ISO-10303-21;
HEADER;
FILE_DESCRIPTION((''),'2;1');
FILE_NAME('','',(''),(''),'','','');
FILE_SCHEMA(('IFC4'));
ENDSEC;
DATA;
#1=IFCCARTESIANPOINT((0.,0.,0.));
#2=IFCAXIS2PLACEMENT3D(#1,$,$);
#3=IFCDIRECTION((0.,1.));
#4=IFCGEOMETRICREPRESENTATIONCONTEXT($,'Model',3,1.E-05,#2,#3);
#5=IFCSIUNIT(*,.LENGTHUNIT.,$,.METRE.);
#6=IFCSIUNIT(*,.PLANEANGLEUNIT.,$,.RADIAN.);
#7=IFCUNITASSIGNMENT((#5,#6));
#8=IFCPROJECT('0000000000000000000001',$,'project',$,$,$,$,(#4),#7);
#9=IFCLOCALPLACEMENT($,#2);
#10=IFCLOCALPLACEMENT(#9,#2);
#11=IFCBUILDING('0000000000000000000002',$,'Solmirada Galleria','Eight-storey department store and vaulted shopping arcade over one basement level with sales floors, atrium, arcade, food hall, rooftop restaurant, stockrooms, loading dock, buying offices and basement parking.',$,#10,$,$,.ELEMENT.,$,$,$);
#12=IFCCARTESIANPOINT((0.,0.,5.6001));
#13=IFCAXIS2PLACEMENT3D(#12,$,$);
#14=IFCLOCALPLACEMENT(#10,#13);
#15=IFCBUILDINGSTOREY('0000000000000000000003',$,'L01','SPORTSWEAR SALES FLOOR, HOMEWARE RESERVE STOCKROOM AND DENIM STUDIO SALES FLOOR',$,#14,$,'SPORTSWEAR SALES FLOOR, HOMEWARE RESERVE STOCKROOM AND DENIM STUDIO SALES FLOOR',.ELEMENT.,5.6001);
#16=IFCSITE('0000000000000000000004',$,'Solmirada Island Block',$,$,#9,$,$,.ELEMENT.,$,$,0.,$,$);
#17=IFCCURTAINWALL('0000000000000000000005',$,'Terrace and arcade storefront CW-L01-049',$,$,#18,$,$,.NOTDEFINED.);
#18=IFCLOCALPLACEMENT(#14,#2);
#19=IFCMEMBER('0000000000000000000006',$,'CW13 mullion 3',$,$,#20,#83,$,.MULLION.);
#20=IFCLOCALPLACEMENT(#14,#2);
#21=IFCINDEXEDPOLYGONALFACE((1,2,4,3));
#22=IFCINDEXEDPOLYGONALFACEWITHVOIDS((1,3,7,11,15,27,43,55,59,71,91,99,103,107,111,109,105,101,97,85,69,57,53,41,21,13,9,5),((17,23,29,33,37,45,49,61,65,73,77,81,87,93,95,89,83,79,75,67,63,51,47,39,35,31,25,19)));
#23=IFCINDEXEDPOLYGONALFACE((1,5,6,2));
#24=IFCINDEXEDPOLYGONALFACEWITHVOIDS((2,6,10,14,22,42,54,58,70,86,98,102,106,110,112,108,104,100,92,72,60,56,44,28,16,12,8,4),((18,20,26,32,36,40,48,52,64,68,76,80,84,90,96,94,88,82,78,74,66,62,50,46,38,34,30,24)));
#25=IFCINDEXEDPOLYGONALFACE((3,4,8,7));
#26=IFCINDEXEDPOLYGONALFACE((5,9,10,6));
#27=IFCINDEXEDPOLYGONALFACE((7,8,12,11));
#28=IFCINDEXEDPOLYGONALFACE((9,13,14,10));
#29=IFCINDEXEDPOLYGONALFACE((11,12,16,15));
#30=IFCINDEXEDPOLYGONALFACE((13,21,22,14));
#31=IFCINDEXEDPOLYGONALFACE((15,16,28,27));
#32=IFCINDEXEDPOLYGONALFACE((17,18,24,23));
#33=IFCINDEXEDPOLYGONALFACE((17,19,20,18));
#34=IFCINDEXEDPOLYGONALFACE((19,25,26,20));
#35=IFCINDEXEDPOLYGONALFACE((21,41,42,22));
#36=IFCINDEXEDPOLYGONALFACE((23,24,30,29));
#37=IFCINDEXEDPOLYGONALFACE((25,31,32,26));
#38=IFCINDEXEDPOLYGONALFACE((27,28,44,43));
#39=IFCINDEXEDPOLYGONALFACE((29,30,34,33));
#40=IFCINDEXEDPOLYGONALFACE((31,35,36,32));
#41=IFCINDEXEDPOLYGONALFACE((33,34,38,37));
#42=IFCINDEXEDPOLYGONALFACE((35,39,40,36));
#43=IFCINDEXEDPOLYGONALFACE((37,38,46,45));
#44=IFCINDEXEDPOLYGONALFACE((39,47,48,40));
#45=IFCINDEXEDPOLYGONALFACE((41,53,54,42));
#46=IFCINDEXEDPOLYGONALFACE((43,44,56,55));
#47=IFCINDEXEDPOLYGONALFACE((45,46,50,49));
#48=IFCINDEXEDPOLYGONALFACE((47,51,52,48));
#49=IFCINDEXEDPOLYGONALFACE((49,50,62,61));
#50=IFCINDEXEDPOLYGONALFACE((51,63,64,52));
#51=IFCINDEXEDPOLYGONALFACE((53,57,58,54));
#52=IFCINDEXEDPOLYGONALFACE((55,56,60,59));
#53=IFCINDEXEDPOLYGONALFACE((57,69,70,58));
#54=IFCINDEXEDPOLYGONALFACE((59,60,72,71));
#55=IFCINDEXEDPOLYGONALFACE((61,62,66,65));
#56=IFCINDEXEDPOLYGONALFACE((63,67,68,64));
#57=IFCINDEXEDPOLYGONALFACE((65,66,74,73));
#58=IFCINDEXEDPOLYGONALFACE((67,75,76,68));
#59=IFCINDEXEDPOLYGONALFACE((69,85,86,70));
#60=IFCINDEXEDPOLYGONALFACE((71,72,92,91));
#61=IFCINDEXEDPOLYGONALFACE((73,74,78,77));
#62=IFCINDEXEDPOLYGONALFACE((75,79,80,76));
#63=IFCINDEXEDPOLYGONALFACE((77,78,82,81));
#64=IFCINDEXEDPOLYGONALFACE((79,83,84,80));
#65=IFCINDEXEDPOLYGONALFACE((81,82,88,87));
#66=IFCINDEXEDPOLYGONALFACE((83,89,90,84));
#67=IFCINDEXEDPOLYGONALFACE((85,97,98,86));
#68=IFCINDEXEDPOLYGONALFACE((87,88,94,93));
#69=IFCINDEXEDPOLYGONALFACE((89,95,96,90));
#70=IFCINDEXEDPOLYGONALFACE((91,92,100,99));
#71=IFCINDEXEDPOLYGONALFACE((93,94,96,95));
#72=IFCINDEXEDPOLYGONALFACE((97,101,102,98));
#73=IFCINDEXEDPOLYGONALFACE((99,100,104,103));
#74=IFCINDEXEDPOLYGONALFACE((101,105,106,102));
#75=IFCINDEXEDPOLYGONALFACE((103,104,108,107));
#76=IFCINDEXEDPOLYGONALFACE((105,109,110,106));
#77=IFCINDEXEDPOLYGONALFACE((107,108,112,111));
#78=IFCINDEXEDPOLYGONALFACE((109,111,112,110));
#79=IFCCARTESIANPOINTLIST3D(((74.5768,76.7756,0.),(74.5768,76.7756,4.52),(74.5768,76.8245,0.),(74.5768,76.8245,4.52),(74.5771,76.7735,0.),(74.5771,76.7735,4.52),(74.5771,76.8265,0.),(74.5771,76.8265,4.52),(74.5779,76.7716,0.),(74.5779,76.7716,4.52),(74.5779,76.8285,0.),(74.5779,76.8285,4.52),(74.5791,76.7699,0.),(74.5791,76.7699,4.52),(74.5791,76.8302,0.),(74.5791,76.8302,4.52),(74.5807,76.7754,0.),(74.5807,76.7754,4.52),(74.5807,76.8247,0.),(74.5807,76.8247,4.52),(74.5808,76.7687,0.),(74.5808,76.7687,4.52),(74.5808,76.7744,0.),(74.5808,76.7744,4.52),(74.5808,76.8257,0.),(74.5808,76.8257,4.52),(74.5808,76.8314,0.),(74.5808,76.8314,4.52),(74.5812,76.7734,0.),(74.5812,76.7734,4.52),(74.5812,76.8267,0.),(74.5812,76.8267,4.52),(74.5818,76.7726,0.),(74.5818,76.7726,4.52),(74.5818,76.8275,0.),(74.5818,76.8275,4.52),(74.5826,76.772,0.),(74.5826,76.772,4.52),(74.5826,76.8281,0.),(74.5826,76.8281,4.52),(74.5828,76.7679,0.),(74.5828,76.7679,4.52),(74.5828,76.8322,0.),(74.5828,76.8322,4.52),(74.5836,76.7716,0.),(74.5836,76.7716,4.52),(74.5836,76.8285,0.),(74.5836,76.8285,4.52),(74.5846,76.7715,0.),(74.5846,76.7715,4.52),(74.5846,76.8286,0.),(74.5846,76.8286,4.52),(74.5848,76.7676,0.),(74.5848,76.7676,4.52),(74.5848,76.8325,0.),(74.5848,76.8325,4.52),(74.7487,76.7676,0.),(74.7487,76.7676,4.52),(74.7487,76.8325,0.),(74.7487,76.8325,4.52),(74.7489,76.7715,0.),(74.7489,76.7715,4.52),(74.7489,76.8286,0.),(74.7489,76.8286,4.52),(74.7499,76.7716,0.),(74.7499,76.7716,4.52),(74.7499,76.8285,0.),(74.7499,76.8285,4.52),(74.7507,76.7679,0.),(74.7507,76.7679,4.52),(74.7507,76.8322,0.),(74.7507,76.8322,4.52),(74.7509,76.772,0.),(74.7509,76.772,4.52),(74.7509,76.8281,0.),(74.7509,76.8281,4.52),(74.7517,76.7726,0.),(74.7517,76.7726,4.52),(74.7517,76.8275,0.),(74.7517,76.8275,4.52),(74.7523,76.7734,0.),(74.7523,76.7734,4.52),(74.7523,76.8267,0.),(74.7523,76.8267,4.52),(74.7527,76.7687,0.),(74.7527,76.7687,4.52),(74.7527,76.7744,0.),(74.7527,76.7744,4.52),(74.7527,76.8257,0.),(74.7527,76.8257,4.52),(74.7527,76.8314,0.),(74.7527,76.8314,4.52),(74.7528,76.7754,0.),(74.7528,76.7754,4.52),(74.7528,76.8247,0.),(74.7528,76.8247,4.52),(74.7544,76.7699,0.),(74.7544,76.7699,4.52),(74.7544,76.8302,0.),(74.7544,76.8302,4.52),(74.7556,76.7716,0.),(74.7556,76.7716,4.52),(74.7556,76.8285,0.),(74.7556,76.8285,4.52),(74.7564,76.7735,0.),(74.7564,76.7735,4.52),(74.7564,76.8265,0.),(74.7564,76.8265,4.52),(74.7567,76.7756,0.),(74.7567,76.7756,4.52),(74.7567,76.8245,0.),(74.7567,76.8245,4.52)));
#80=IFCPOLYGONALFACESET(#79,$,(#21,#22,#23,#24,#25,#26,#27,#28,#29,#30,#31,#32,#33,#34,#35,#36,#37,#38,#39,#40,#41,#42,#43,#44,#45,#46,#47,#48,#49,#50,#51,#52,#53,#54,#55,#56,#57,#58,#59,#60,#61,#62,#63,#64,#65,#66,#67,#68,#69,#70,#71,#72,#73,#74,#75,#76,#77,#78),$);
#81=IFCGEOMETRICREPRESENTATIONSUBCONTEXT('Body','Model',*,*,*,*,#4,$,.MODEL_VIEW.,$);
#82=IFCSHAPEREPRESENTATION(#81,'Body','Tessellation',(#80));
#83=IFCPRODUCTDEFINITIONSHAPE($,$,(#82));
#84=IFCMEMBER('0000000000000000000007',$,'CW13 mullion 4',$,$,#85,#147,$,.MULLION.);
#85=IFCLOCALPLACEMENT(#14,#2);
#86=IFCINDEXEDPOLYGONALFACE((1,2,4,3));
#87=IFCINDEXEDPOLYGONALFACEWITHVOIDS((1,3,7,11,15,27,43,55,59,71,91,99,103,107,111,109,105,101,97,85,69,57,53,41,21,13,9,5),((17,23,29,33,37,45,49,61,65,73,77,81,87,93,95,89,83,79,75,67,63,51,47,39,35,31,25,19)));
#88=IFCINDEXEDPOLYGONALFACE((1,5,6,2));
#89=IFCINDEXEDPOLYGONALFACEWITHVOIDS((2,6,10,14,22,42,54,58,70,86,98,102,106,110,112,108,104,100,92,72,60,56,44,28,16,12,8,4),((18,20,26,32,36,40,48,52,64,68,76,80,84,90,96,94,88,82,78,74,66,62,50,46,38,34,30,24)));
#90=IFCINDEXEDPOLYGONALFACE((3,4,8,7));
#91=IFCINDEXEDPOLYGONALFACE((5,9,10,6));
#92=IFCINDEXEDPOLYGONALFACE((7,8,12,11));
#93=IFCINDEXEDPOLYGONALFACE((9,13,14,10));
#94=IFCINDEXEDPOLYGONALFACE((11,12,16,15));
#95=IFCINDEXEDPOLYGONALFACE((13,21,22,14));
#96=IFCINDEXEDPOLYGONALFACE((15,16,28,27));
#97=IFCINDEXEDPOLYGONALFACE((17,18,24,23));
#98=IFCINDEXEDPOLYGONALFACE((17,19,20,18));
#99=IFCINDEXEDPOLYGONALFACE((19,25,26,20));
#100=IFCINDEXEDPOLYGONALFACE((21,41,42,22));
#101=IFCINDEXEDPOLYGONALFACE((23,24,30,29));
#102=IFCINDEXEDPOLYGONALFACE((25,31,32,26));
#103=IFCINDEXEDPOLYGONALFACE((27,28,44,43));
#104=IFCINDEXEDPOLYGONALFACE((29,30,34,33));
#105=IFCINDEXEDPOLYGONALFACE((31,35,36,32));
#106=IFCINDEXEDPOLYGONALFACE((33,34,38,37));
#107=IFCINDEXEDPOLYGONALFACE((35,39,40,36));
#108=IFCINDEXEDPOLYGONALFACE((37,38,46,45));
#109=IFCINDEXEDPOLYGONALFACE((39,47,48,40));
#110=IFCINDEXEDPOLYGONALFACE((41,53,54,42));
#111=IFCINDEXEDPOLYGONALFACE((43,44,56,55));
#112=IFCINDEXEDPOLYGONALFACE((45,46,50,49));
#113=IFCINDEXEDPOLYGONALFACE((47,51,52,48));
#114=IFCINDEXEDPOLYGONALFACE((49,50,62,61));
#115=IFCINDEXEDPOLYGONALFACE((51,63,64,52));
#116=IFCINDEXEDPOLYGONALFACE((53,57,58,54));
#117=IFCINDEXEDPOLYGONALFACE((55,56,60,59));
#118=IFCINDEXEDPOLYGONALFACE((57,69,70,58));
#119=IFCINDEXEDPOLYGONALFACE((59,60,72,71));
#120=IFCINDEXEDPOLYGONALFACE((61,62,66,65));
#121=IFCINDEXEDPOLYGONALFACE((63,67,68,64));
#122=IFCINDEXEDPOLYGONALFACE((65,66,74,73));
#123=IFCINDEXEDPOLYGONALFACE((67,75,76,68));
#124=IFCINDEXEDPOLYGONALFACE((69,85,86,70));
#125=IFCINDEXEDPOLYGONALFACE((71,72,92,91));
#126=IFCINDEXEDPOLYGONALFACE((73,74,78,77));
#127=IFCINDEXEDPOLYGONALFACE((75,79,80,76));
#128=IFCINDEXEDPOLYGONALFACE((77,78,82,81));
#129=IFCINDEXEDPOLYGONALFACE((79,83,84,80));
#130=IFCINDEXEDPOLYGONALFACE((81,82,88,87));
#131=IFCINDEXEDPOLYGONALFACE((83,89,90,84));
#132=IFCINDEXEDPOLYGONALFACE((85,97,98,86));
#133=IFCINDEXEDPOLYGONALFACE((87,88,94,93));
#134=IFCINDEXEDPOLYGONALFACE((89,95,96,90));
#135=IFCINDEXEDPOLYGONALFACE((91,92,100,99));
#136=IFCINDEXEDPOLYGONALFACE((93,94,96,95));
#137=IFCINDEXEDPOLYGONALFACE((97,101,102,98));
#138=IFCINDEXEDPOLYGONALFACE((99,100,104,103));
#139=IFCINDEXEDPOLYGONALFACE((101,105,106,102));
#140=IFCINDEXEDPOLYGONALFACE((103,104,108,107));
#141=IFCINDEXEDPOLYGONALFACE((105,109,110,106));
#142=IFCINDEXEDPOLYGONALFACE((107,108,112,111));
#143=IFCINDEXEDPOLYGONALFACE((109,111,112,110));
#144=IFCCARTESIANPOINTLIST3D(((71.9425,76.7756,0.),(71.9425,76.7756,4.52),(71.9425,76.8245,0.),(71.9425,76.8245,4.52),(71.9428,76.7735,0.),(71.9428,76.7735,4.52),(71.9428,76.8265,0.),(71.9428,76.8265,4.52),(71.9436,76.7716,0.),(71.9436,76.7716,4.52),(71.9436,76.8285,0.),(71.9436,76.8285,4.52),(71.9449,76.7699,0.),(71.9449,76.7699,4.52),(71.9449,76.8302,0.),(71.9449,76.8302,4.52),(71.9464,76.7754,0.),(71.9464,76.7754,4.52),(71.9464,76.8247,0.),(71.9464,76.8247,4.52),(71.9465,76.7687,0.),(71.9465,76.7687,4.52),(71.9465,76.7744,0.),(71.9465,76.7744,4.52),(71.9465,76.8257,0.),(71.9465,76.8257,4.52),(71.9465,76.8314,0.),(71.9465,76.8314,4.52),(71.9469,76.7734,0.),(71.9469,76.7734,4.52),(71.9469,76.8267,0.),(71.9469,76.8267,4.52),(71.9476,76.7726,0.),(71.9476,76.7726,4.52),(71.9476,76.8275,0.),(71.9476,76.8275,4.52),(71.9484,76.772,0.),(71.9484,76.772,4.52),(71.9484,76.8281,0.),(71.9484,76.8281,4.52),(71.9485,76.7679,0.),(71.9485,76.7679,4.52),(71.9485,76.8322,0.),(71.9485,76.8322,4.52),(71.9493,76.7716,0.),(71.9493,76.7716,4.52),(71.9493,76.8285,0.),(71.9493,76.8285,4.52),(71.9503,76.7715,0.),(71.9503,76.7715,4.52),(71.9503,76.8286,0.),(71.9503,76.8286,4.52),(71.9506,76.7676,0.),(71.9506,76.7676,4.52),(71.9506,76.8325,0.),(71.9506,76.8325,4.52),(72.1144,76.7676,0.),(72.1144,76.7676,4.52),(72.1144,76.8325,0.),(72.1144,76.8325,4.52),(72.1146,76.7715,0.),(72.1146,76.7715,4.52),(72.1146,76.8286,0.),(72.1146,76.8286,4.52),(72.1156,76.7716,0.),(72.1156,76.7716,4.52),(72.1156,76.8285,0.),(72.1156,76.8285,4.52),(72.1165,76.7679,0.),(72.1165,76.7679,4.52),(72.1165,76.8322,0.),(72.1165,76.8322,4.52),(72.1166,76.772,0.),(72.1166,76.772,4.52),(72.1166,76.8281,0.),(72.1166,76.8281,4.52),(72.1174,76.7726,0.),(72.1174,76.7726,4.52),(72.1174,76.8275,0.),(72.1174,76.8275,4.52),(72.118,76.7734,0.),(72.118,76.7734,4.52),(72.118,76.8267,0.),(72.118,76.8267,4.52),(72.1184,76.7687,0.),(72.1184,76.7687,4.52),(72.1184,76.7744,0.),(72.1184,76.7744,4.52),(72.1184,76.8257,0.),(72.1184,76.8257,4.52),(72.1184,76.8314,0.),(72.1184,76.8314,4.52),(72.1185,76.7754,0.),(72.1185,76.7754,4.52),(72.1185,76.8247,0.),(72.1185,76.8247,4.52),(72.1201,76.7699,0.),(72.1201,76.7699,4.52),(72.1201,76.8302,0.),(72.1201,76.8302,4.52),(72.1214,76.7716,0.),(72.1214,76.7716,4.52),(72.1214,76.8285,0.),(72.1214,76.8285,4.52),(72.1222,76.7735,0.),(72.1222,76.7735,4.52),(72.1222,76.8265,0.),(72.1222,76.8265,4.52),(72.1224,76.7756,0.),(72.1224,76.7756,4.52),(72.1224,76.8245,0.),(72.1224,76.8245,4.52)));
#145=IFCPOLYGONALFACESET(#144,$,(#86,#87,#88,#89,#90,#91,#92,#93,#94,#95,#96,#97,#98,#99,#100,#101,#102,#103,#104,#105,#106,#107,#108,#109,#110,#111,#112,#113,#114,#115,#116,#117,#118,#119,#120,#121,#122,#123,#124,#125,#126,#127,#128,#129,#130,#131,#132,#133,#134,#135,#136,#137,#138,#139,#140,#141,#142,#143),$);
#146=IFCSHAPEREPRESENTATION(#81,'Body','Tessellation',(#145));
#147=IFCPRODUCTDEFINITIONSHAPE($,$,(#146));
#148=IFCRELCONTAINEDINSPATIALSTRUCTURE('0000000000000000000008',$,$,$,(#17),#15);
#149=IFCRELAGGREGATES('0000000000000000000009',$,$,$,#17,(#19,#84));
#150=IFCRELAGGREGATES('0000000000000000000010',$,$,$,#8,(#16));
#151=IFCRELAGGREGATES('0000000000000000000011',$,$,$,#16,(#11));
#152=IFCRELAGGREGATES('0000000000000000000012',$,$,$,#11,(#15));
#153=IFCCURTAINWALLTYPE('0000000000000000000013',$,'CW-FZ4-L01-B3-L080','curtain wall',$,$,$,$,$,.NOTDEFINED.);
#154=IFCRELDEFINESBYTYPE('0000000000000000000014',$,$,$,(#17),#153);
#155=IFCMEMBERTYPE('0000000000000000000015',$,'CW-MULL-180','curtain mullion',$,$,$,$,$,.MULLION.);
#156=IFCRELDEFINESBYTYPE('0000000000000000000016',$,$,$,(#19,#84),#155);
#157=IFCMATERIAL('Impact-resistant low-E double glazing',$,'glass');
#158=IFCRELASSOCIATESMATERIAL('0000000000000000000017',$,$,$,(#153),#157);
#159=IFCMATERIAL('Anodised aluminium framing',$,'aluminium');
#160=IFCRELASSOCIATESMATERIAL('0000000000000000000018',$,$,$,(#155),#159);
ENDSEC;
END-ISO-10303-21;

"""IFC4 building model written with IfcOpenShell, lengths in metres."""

from ifc_helpers import new_model, si_unit, direction, frame, origin, origin_2d, place, context, subcontext, project, spatial, hollow_rectangle, extrude, material, material_profile, profile_set, type_object, element, aggregate, save


model = new_model("IFC4")

# Units and contexts
model_context = context("Model", 3, precision=1e-05, world=origin(), true_north=direction((0.0, 1.0)))
body_context = subcontext(model_context, "Body", "Model", "MODEL_VIEW")
ifc_project = project(units=[si_unit("LENGTHUNIT", "METRE"), si_unit("PLANEANGLEUNIT", "RADIAN")], contexts=[model_context])

# Site, building, storey
site_placement = place(None, origin())
site = spatial("IfcSite", under=ifc_project, at=site_placement, Name="Solmirada Island Block", CompositionType="ELEMENT", RefElevation=0.0)
building_placement = place(site_placement, origin())
building = spatial("IfcBuilding", under=site, at=building_placement, Name="Solmirada Galleria", Description="Eight-storey department store and vaulted shopping arcade over one basement level with sales floors, atrium, arcade, food hall, rooftop restaurant, stockrooms, loading dock, buying offices and basement parking.", CompositionType="ELEMENT")
storey_placement = place(building_placement, frame((0.0, 0.0, 5.6001)))
storey = spatial("IfcBuildingStorey", under=building, at=storey_placement, Name="L01", Description="SPORTSWEAR SALES FLOOR, HOMEWARE RESERVE STOCKROOM AND DENIM STUDIO SALES FLOOR", LongName="SPORTSWEAR SALES FLOOR, HOMEWARE RESERVE STOCKROOM AND DENIM STUDIO SALES FLOOR", CompositionType="ELEMENT", Elevation=5.6001)

# Curtain wall, members
ifc_material_1 = material(Name="Impact-resistant low-E double glazing", Category="glass")
curtain_wall_type = type_object("IfcCurtainWallType", Name="CW-FZ4-L01-B3-L080", Description="curtain wall", PredefinedType="NOTDEFINED", material=ifc_material_1)
curtain_wall_1_placement = place(storey_placement, origin())
curtain_wall_1 = element("IfcCurtainWall", 1, at=curtain_wall_1_placement, inside=storey, type_object=curtain_wall_type, Name="Terrace and arcade storefront CW-L01-049", PredefinedType="NOTDEFINED")
ifc_material_2 = material(Name="Anodised aluminium framing", Category="aluminium")
ifc_material_profile_1 = material_profile(ifc_material_2, hollow_rectangle(XDim=0.0649, YDim=0.1799, WallThickness=0.0039, InnerFilletRadius=0.0039, OuterFilletRadius=0.0081, at=origin_2d()), Name="ALU-MULL-180X65")
ifc_profile_set_1 = profile_set([ifc_material_profile_1], Name="Anodised aluminium framing")
member_type_1 = type_object("IfcMemberType", Name="CW-MULL-180", Description="curtain mullion", PredefinedType="MULLION", material=ifc_profile_set_1)
member_1_placement = place(storey_placement, frame((74.6667, 76.8, 0.0), z_axis=(0.0, 0.0, 1.0), x_axis=(0.0, -1.0, 0.0)))
member_1 = element("IfcMember", 2, at=member_1_placement, type_object=member_type_1, Name="CW13 mullion 3", PredefinedType="MULLION", context=body_context, shape_type="SweptSolid", body=[
    extrude(hollow_rectangle(XDim=0.0649, YDim=0.1799, WallThickness=0.0039, InnerFilletRadius=0.0039, OuterFilletRadius=0.0081, at=origin_2d()), origin(), (0.0, 0.0, 1.0), 4.52),
])
member_2_placement = place(storey_placement, frame((72.0325, 76.8, 0.0), z_axis=(0.0, 0.0, 1.0), x_axis=(0.0, -1.0, 0.0)))
member_2 = element("IfcMember", 3, at=member_2_placement, type_object=member_type_1, Name="CW13 mullion 4", PredefinedType="MULLION", context=body_context, shape_type="SweptSolid", body=[
    extrude(hollow_rectangle(XDim=0.0649, YDim=0.1799, WallThickness=0.0039, InnerFilletRadius=0.0039, OuterFilletRadius=0.0081, at=origin_2d()), origin(), (0.0, 0.0, 1.0), 4.52),
])

aggregate(curtain_wall_1, [member_1, member_2])

save(model, "model.ifc")
